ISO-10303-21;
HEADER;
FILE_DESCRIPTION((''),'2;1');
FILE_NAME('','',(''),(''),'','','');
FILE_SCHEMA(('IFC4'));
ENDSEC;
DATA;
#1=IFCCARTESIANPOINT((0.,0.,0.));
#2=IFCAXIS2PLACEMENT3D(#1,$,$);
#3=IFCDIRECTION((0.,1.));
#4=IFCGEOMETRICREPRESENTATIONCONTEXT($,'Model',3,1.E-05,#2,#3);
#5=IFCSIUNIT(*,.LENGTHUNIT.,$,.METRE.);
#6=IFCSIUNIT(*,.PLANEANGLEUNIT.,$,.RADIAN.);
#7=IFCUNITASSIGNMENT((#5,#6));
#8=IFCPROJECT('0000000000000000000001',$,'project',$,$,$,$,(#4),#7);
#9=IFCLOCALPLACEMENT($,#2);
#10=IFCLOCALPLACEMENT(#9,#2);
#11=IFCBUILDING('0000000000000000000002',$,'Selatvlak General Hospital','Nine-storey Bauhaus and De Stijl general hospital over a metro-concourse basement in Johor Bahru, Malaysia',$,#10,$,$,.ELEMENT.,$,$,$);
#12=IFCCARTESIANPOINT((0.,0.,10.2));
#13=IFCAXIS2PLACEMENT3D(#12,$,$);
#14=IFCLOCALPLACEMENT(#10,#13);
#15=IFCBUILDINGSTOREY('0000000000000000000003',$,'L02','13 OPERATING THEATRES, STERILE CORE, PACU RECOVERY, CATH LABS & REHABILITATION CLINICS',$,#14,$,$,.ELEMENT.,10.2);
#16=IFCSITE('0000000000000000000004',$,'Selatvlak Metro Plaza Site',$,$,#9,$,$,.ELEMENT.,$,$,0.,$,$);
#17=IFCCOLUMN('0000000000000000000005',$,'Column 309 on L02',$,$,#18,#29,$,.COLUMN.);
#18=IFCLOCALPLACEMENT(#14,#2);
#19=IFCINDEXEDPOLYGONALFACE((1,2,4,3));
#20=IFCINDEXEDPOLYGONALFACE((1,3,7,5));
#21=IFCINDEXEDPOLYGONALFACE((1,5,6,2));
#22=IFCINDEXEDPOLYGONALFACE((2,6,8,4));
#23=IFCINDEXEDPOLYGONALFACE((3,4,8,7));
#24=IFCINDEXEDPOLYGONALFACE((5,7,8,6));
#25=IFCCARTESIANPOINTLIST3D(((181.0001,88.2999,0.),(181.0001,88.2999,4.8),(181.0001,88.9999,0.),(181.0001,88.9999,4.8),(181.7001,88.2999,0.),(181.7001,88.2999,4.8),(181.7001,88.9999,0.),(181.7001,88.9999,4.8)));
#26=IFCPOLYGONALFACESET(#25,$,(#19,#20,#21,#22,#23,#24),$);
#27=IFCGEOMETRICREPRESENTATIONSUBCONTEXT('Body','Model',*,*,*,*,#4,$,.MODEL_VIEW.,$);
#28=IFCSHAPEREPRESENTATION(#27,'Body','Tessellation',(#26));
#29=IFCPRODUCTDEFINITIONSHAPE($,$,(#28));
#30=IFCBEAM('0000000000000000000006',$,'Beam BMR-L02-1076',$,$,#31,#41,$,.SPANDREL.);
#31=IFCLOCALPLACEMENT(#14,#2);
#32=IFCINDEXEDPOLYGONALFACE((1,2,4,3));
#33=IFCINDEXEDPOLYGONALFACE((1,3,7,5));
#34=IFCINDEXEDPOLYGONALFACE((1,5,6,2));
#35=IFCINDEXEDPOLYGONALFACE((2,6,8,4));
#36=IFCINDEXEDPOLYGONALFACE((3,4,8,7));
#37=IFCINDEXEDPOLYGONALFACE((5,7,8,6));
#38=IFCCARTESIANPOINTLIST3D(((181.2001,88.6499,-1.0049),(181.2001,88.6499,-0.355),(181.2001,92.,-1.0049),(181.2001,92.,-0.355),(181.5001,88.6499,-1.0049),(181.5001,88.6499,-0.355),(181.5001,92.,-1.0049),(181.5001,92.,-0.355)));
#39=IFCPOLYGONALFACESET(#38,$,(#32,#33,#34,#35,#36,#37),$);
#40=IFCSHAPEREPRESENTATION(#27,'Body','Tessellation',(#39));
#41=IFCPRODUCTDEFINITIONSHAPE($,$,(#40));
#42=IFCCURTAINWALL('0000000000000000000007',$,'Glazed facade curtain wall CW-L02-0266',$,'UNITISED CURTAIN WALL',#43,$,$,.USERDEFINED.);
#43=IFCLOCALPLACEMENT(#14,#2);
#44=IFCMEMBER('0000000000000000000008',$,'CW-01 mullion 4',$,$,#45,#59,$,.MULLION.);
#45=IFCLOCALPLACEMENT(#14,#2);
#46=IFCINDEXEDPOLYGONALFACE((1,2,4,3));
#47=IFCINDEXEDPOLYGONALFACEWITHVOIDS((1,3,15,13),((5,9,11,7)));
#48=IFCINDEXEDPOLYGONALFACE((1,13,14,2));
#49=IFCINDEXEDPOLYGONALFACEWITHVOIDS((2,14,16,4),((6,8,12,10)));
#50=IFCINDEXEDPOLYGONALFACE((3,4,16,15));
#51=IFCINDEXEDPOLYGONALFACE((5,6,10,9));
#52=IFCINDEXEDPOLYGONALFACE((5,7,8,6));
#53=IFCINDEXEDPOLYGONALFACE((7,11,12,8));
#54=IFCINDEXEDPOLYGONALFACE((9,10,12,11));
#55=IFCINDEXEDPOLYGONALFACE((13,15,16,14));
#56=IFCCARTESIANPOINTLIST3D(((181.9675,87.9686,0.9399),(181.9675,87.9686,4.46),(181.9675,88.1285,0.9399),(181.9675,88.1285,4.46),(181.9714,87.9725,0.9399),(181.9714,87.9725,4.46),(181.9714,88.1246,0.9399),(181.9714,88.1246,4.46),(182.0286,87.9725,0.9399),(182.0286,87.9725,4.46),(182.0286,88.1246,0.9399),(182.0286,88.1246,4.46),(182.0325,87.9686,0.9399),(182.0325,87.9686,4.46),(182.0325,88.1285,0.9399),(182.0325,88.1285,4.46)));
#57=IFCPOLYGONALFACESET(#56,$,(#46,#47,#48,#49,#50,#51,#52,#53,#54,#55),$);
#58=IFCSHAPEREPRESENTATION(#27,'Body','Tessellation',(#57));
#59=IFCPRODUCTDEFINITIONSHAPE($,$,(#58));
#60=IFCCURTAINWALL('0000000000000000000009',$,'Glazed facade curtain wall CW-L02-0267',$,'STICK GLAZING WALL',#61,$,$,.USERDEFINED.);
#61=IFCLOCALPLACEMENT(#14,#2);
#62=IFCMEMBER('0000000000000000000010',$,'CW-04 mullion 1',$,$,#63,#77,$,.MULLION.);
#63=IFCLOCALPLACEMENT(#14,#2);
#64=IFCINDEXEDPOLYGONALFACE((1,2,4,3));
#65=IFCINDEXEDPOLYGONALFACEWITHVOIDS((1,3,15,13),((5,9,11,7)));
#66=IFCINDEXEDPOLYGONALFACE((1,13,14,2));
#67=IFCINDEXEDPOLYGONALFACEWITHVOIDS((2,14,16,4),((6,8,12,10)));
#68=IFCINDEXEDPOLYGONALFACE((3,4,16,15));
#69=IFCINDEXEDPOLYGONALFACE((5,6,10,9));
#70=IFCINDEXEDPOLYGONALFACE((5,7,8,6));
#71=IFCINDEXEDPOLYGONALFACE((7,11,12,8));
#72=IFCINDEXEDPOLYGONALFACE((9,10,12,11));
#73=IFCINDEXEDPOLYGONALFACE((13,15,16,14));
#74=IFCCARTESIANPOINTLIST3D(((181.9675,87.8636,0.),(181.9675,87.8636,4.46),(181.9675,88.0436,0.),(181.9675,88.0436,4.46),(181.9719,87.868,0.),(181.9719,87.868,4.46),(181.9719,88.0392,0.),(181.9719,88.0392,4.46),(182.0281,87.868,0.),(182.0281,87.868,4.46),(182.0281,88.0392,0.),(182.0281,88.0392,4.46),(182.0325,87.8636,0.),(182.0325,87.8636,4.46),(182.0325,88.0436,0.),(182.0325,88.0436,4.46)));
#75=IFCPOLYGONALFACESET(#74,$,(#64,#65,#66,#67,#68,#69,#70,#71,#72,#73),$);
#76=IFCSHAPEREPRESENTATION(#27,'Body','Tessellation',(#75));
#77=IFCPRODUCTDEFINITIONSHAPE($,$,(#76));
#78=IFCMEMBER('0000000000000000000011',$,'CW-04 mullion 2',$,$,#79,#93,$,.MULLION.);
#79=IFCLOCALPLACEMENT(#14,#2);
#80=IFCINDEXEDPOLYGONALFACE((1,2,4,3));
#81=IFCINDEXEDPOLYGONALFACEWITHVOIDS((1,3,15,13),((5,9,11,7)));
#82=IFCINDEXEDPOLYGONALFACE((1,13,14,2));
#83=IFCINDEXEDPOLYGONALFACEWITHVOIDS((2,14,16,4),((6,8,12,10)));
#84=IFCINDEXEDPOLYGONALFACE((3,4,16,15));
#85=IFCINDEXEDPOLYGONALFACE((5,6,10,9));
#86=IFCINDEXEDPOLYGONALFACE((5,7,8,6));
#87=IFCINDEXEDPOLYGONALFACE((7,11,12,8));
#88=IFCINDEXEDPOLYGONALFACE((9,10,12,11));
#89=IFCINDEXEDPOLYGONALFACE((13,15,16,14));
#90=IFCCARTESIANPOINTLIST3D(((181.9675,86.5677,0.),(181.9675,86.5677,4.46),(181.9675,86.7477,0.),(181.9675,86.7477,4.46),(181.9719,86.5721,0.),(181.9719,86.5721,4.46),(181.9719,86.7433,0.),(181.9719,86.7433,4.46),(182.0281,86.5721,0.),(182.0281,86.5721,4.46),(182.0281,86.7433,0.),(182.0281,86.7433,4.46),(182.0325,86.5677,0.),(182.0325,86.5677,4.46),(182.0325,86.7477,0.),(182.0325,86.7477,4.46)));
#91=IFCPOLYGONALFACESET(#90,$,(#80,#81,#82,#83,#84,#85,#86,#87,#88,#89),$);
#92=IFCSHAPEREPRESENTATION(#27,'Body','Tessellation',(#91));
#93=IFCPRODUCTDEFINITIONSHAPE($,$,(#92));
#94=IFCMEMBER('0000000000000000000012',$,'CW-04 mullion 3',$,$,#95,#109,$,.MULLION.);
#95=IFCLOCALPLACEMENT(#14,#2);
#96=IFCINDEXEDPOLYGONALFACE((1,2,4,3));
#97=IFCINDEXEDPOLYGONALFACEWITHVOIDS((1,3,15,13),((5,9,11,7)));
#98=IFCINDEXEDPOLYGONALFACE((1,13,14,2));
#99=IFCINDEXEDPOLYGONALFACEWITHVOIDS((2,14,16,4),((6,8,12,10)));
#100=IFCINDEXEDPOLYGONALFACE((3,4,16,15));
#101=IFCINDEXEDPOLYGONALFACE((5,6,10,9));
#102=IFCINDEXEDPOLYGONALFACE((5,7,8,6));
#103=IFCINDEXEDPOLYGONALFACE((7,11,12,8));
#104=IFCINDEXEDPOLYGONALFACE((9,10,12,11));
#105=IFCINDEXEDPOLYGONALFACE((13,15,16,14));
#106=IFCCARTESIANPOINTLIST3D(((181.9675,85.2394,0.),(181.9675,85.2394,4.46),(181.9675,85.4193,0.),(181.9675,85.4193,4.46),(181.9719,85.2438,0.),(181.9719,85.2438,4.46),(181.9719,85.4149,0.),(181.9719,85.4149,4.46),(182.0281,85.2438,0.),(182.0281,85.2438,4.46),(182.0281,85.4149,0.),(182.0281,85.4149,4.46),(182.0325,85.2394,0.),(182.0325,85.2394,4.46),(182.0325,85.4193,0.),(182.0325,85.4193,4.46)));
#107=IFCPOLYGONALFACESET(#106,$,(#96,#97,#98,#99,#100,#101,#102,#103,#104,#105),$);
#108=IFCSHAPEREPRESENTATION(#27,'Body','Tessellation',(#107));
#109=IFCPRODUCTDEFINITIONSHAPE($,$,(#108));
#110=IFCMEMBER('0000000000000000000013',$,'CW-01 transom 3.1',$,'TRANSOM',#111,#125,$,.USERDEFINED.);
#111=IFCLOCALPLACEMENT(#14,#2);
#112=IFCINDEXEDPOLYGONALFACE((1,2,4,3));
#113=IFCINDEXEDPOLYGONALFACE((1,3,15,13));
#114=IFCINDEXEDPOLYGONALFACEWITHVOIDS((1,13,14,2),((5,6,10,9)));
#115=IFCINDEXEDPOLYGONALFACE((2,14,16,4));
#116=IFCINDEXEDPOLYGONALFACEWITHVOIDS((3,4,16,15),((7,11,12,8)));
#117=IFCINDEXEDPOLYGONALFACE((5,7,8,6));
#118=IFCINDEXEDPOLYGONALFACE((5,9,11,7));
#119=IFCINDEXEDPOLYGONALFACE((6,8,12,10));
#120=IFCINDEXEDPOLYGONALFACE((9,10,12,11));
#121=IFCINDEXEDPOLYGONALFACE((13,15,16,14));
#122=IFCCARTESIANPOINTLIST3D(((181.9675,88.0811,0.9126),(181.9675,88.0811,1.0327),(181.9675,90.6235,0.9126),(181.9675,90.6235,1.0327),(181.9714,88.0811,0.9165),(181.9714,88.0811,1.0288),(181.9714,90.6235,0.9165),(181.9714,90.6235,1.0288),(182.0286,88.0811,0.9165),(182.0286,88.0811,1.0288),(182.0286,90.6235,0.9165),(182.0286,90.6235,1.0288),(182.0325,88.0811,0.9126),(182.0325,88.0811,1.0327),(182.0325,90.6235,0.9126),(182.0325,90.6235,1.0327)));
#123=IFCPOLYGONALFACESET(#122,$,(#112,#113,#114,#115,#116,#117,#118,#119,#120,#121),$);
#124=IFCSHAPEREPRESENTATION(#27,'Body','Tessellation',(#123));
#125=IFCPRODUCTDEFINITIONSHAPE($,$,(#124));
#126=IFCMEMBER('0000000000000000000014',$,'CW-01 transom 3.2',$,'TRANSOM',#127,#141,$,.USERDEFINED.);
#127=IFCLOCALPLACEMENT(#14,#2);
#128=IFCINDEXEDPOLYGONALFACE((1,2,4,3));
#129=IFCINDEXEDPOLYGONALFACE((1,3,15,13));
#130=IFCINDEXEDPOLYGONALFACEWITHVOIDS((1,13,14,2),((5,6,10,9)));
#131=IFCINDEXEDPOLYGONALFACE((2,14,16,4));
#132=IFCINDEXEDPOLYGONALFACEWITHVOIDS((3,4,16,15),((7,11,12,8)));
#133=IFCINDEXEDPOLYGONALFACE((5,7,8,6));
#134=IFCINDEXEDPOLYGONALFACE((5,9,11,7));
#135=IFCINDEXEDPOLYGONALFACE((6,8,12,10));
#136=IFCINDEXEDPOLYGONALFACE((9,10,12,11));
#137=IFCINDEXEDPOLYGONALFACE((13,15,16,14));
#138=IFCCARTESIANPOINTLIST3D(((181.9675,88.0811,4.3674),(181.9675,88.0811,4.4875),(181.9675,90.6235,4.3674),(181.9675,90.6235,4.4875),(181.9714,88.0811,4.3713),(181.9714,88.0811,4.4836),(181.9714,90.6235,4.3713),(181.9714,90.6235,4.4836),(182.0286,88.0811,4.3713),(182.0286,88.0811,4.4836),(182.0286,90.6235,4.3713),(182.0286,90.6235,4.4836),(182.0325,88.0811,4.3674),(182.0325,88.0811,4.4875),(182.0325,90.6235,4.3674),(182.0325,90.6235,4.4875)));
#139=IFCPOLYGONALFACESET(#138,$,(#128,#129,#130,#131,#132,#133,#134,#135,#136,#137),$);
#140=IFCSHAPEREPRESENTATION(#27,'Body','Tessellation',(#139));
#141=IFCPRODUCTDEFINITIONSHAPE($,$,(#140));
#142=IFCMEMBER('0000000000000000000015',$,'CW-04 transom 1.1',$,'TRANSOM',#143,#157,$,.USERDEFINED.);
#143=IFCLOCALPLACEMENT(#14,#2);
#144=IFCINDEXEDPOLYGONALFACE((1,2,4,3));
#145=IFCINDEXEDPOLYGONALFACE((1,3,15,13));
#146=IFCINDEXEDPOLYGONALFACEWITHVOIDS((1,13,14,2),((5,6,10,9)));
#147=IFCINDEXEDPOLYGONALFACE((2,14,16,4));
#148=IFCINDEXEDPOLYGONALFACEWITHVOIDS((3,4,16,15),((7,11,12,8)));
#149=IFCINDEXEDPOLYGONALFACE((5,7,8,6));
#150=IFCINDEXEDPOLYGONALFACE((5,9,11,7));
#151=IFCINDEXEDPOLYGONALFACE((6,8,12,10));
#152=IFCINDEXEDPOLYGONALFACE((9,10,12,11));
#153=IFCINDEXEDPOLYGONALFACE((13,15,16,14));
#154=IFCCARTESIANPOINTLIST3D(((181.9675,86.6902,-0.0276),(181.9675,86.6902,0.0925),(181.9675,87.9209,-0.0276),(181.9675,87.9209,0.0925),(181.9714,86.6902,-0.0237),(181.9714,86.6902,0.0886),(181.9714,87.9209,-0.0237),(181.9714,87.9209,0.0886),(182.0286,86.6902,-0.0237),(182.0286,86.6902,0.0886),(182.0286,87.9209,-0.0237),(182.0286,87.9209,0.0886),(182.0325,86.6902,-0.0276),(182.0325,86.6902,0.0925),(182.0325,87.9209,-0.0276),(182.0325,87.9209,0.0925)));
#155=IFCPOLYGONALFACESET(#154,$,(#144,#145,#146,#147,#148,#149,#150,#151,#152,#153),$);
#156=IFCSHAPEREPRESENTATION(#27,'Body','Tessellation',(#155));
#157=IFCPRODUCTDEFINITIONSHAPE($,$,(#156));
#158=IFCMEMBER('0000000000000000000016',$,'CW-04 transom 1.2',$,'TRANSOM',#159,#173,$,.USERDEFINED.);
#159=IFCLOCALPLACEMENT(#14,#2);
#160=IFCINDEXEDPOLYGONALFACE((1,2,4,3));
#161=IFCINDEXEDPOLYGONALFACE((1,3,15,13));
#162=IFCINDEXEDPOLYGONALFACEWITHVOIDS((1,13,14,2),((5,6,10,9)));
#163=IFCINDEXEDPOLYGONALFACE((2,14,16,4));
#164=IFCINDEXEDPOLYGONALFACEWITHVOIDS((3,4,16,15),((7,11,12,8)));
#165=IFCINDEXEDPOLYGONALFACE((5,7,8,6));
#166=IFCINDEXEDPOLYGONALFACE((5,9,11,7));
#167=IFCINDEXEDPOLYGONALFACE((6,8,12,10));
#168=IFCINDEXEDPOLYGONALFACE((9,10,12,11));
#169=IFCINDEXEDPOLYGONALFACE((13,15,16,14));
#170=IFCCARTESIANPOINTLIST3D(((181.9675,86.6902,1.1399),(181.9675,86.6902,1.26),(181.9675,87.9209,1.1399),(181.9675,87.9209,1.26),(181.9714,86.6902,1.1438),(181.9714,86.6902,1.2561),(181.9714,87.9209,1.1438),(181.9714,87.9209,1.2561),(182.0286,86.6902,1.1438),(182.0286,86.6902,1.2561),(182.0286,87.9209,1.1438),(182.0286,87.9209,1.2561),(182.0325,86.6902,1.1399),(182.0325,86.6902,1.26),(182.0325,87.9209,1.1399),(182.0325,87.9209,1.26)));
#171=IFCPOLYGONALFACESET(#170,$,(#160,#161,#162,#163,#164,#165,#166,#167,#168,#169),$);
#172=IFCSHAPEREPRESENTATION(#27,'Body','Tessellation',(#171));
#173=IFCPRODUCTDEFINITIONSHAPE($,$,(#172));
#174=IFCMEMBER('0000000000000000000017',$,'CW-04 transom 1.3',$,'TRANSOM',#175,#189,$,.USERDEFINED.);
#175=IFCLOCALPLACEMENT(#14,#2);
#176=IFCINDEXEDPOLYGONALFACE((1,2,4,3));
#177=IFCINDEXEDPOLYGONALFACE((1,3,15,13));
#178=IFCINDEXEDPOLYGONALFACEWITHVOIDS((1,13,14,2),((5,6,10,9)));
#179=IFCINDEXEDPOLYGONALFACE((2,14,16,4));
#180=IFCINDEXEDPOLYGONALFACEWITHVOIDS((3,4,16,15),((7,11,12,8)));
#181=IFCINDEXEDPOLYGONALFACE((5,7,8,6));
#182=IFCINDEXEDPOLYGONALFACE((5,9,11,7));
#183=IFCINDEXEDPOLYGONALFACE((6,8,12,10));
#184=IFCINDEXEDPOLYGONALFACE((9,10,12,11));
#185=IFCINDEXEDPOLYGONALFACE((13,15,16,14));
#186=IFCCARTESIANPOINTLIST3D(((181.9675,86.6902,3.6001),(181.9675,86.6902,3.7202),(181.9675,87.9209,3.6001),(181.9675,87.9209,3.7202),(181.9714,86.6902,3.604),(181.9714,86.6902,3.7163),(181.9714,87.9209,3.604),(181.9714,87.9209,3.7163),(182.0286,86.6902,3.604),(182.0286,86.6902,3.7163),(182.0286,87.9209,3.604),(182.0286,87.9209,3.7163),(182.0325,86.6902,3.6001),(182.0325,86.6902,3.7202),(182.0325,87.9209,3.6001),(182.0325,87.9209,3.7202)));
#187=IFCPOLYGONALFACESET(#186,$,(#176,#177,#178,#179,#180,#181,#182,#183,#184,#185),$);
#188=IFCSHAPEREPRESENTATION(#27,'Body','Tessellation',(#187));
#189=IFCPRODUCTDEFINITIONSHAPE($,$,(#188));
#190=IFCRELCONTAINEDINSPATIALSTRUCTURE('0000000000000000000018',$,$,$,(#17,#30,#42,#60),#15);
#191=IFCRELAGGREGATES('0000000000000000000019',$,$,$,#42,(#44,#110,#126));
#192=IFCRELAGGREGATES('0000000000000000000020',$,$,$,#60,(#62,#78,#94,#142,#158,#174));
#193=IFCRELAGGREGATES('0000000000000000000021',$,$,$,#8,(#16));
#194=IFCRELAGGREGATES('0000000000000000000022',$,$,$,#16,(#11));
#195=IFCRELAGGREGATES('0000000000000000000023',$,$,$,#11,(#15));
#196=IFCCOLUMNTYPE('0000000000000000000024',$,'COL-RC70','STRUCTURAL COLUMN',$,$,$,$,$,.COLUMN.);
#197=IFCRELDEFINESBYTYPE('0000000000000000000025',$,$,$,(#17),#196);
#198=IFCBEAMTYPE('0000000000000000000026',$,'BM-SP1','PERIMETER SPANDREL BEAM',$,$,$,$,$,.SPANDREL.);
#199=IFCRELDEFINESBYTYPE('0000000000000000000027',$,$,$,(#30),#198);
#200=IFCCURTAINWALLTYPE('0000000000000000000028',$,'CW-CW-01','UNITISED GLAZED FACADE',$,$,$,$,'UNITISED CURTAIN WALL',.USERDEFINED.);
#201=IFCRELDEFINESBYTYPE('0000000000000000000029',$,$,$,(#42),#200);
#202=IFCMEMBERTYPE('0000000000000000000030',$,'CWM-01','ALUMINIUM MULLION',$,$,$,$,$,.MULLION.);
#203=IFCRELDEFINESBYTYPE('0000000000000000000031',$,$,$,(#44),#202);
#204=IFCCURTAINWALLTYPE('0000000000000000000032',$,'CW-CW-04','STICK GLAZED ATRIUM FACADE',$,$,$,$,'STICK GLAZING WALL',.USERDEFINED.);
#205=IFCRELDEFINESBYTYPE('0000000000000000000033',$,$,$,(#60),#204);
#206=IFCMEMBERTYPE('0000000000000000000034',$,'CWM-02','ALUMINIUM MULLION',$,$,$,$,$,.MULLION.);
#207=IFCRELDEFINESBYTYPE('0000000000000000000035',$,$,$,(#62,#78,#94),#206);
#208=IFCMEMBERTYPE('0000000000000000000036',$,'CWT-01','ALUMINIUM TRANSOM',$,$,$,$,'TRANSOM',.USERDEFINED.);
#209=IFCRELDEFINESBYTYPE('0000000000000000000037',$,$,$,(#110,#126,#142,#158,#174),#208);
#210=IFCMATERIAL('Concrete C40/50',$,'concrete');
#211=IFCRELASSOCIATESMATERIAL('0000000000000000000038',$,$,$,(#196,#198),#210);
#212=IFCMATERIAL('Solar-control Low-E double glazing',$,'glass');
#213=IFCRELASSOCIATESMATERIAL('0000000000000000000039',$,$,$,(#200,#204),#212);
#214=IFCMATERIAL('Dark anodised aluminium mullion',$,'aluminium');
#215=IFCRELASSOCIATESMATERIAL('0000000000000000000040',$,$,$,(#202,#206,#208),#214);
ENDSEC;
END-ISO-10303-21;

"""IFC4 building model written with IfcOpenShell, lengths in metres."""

from ifc_helpers import new_model, si_unit, direction, frame, origin, origin_2d, place, context, subcontext, project, spatial, rectangle, hollow_rectangle, extrude, material, material_profile, profile_set, type_object, element, aggregate, save


model = new_model("IFC4")

# Units and contexts
model_context = context("Model", 3, precision=1e-05, world=origin(), true_north=direction((0.0, 1.0)))
body_context = subcontext(model_context, "Body", "Model", "MODEL_VIEW")
ifc_project = project(units=[si_unit("LENGTHUNIT", "METRE"), si_unit("PLANEANGLEUNIT", "RADIAN")], contexts=[model_context])

# Site, building, storey
site_placement = place(None, origin())
site = spatial("IfcSite", under=ifc_project, at=site_placement, Name="Selatvlak Metro Plaza Site", CompositionType="ELEMENT", RefElevation=0.0)
building_placement = place(site_placement, origin())
building = spatial("IfcBuilding", under=site, at=building_placement, Name="Selatvlak General Hospital", Description="Nine-storey Bauhaus and De Stijl general hospital over a metro-concourse basement in Johor Bahru, Malaysia", CompositionType="ELEMENT")
storey_placement = place(building_placement, frame((0.0, 0.0, 10.2)))
storey = spatial("IfcBuildingStorey", under=building, at=storey_placement, Name="L02", Description="13 OPERATING THEATRES, STERILE CORE, PACU RECOVERY, CATH LABS & REHABILITATION CLINICS", CompositionType="ELEMENT", Elevation=10.2)

# Column
ifc_material_1 = material(Name="Concrete C40/50", Category="concrete")
ifc_material_profile_1 = material_profile(ifc_material_1, rectangle(XDim=0.7, YDim=0.7, at=origin_2d()), Name="RC-COL 700x700")
ifc_profile_set_1 = profile_set([ifc_material_profile_1], Name="Concrete C40/50")
column_type = type_object("IfcColumnType", Name="COL-RC70", Description="STRUCTURAL COLUMN", PredefinedType="COLUMN", material=ifc_profile_set_1)
column_placement = place(storey_placement, frame((181.3501, 88.6499, 0.0), z_axis=(0.0, 0.0, 1.0), x_axis=(1.0, 0.0, 0.0)))
element("IfcColumn", 1, at=column_placement, inside=storey, type_object=column_type, Name="Column 309 on L02", PredefinedType="COLUMN", context=body_context, shape_type="SweptSolid", body=[
    extrude(rectangle(XDim=0.7, YDim=0.7, at=origin_2d()), origin(), (0.0, 0.0, 1.0), 4.8),
])

# Beam
ifc_material_profile_2 = material_profile(ifc_material_1, rectangle(XDim=0.3, YDim=0.6499, at=origin_2d()), Name="RC-SP 300x650")
ifc_profile_set_2 = profile_set([ifc_material_profile_2], Name="Concrete C40/50")
beam_type = type_object("IfcBeamType", Name="BM-SP1", Description="PERIMETER SPANDREL BEAM", PredefinedType="SPANDREL", material=ifc_profile_set_2)
beam_placement = place(storey_placement, frame((181.3501, 88.6499, -0.6799), z_axis=(0.0, 1.0, 0.0), x_axis=(-1.0, 0.0, 0.0)))
element("IfcBeam", 2, at=beam_placement, inside=storey, type_object=beam_type, Name="Beam BMR-L02-1076", PredefinedType="SPANDREL", context=body_context, shape_type="SweptSolid", body=[
    extrude(rectangle(XDim=0.3, YDim=0.6499, at=origin_2d()), origin(), (0.0, 0.0, 1.0), 3.3501),
])

# Curtain wall, member
ifc_material_2 = material(Name="Solar-control Low-E double glazing", Category="glass")
curtain_wall_type_1 = type_object("IfcCurtainWallType", Name="CW-CW-01", Description="UNITISED GLAZED FACADE", ElementType="UNITISED CURTAIN WALL", PredefinedType="USERDEFINED", material=ifc_material_2)
curtain_wall_1_placement = place(storey_placement, origin())
curtain_wall_1 = element("IfcCurtainWall", 3, at=curtain_wall_1_placement, inside=storey, type_object=curtain_wall_type_1, Name="Glazed facade curtain wall CW-L02-0266", ObjectType="UNITISED CURTAIN WALL", PredefinedType="USERDEFINED")
ifc_material_3 = material(Name="Dark anodised aluminium mullion", Category="aluminium")
ifc_material_profile_3 = material_profile(ifc_material_3, hollow_rectangle(XDim=0.0649, YDim=0.1599, WallThickness=0.0039, at=origin_2d()), Name="AL-MUL 65x160x4")
ifc_profile_set_3 = profile_set([ifc_material_profile_3], Name="Dark anodised aluminium mullion")
member_type_1 = type_object("IfcMemberType", Name="CWM-01", Description="ALUMINIUM MULLION", PredefinedType="MULLION", material=ifc_profile_set_3)
member_1_placement = place(storey_placement, frame((182.0, 88.0486, 0.9399), z_axis=(0.0, 0.0, 1.0), x_axis=(1.0, 0.0, 0.0)))
member_1 = element("IfcMember", 4, at=member_1_placement, type_object=member_type_1, Name="CW-01 mullion 4", PredefinedType="MULLION", context=body_context, shape_type="SweptSolid", body=[
    extrude(hollow_rectangle(XDim=0.0649, YDim=0.1599, WallThickness=0.0039, at=origin_2d()), origin(), (0.0, 0.0, 1.0), 3.52),
])

# Curtain wall, members
curtain_wall_type_2 = type_object("IfcCurtainWallType", Name="CW-CW-04", Description="STICK GLAZED ATRIUM FACADE", ElementType="STICK GLAZING WALL", PredefinedType="USERDEFINED", material=ifc_material_2)
curtain_wall_2_placement = place(storey_placement, origin())
curtain_wall_2 = element("IfcCurtainWall", 5, at=curtain_wall_2_placement, inside=storey, type_object=curtain_wall_type_2, Name="Glazed facade curtain wall CW-L02-0267", ObjectType="STICK GLAZING WALL", PredefinedType="USERDEFINED")
ifc_material_profile_4 = material_profile(ifc_material_3, hollow_rectangle(XDim=0.0649, YDim=0.1799, WallThickness=0.0044, at=origin_2d()), Name="AL-MUL 65x180x4.5")
ifc_profile_set_4 = profile_set([ifc_material_profile_4], Name="Dark anodised aluminium mullion")
member_type_2 = type_object("IfcMemberType", Name="CWM-02", Description="ALUMINIUM MULLION", PredefinedType="MULLION", material=ifc_profile_set_4)
member_2_placement = place(storey_placement, frame((182.0, 87.9536, 0.0), z_axis=(0.0, 0.0, 1.0), x_axis=(1.0, 0.0, 0.0)))
member_2 = element("IfcMember", 6, at=member_2_placement, type_object=member_type_2, Name="CW-04 mullion 1", PredefinedType="MULLION", context=body_context, shape_type="SweptSolid", body=[
    extrude(hollow_rectangle(XDim=0.0649, YDim=0.1799, WallThickness=0.0044, at=origin_2d()), origin(), (0.0, 0.0, 1.0), 4.46),
])
member_3_placement = place(storey_placement, frame((182.0, 86.6577, 0.0), z_axis=(0.0, 0.0, 1.0), x_axis=(1.0, 0.0, 0.0)))
member_3 = element("IfcMember", 7, at=member_3_placement, type_object=member_type_2, Name="CW-04 mullion 2", PredefinedType="MULLION", context=body_context, shape_type="SweptSolid", body=[
    extrude(hollow_rectangle(XDim=0.0649, YDim=0.1799, WallThickness=0.0044, at=origin_2d()), origin(), (0.0, 0.0, 1.0), 4.46),
])
member_4_placement = place(storey_placement, frame((182.0, 85.3293, 0.0), z_axis=(0.0, 0.0, 1.0), x_axis=(1.0, 0.0, 0.0)))
member_4 = element("IfcMember", 8, at=member_4_placement, type_object=member_type_2, Name="CW-04 mullion 3", PredefinedType="MULLION", context=body_context, shape_type="SweptSolid", body=[
    extrude(hollow_rectangle(XDim=0.0649, YDim=0.1799, WallThickness=0.0044, at=origin_2d()), origin(), (0.0, 0.0, 1.0), 4.46),
])

# Members
ifc_material_profile_5 = material_profile(ifc_material_3, hollow_rectangle(XDim=0.0649, YDim=0.1201, WallThickness=0.0039, at=origin_2d()), Name="AL-TRN 65x120x4")
ifc_profile_set_5 = profile_set([ifc_material_profile_5], Name="Dark anodised aluminium mullion")
member_type_3 = type_object("IfcMemberType", Name="CWT-01", Description="ALUMINIUM TRANSOM", ElementType="TRANSOM", PredefinedType="USERDEFINED", material=ifc_profile_set_5)
member_5_placement = place(storey_placement, frame((182.0, 90.6235, 0.9727), z_axis=(0.0, -1.0, 0.0), x_axis=(1.0, 0.0, 0.0)))
member_5 = element("IfcMember", 9, at=member_5_placement, type_object=member_type_3, Name="CW-01 transom 3.1", ObjectType="TRANSOM", PredefinedType="USERDEFINED", context=body_context, shape_type="SweptSolid", body=[
    extrude(hollow_rectangle(XDim=0.0649, YDim=0.1201, WallThickness=0.0039, at=origin_2d()), origin(), (0.0, 0.0, 1.0), 2.5425),
])
member_6_placement = place(storey_placement, frame((182.0, 90.6235, 4.4275), z_axis=(0.0, -1.0, 0.0), x_axis=(1.0, 0.0, 0.0)))
member_6 = element("IfcMember", 10, at=member_6_placement, type_object=member_type_3, Name="CW-01 transom 3.2", ObjectType="TRANSOM", PredefinedType="USERDEFINED", context=body_context, shape_type="SweptSolid", body=[
    extrude(hollow_rectangle(XDim=0.0649, YDim=0.1201, WallThickness=0.0039, at=origin_2d()), origin(), (0.0, 0.0, 1.0), 2.5425),
])
member_7_placement = place(storey_placement, frame((182.0, 87.9209, 0.0325), z_axis=(0.0, -1.0, 0.0), x_axis=(1.0, 0.0, 0.0)))
member_7 = element("IfcMember", 11, at=member_7_placement, type_object=member_type_3, Name="CW-04 transom 1.1", ObjectType="TRANSOM", PredefinedType="USERDEFINED", context=body_context, shape_type="SweptSolid", body=[
    extrude(hollow_rectangle(XDim=0.0649, YDim=0.1201, WallThickness=0.0039, at=origin_2d()), origin(), (0.0, 0.0, 1.0), 1.2307),
])
member_8_placement = place(storey_placement, frame((182.0, 87.9209, 1.2), z_axis=(0.0, -1.0, 0.0), x_axis=(1.0, 0.0, 0.0)))
member_8 = element("IfcMember", 12, at=member_8_placement, type_object=member_type_3, Name="CW-04 transom 1.2", ObjectType="TRANSOM", PredefinedType="USERDEFINED", context=body_context, shape_type="SweptSolid", body=[
    extrude(hollow_rectangle(XDim=0.0649, YDim=0.1201, WallThickness=0.0039, at=origin_2d()), origin(), (0.0, 0.0, 1.0), 1.2307),
])
member_9_placement = place(storey_placement, frame((182.0, 87.9209, 3.6602), z_axis=(0.0, -1.0, 0.0), x_axis=(1.0, 0.0, 0.0)))
member_9 = element("IfcMember", 13, at=member_9_placement, type_object=member_type_3, Name="CW-04 transom 1.3", ObjectType="TRANSOM", PredefinedType="USERDEFINED", context=body_context, shape_type="SweptSolid", body=[
    extrude(hollow_rectangle(XDim=0.0649, YDim=0.1201, WallThickness=0.0039, at=origin_2d()), origin(), (0.0, 0.0, 1.0), 1.2307),
])

aggregate(curtain_wall_1, [member_1, member_5, member_6])
aggregate(curtain_wall_2, [member_2, member_3, member_4, member_7, member_8, member_9])

save(model, "model.ifc")
